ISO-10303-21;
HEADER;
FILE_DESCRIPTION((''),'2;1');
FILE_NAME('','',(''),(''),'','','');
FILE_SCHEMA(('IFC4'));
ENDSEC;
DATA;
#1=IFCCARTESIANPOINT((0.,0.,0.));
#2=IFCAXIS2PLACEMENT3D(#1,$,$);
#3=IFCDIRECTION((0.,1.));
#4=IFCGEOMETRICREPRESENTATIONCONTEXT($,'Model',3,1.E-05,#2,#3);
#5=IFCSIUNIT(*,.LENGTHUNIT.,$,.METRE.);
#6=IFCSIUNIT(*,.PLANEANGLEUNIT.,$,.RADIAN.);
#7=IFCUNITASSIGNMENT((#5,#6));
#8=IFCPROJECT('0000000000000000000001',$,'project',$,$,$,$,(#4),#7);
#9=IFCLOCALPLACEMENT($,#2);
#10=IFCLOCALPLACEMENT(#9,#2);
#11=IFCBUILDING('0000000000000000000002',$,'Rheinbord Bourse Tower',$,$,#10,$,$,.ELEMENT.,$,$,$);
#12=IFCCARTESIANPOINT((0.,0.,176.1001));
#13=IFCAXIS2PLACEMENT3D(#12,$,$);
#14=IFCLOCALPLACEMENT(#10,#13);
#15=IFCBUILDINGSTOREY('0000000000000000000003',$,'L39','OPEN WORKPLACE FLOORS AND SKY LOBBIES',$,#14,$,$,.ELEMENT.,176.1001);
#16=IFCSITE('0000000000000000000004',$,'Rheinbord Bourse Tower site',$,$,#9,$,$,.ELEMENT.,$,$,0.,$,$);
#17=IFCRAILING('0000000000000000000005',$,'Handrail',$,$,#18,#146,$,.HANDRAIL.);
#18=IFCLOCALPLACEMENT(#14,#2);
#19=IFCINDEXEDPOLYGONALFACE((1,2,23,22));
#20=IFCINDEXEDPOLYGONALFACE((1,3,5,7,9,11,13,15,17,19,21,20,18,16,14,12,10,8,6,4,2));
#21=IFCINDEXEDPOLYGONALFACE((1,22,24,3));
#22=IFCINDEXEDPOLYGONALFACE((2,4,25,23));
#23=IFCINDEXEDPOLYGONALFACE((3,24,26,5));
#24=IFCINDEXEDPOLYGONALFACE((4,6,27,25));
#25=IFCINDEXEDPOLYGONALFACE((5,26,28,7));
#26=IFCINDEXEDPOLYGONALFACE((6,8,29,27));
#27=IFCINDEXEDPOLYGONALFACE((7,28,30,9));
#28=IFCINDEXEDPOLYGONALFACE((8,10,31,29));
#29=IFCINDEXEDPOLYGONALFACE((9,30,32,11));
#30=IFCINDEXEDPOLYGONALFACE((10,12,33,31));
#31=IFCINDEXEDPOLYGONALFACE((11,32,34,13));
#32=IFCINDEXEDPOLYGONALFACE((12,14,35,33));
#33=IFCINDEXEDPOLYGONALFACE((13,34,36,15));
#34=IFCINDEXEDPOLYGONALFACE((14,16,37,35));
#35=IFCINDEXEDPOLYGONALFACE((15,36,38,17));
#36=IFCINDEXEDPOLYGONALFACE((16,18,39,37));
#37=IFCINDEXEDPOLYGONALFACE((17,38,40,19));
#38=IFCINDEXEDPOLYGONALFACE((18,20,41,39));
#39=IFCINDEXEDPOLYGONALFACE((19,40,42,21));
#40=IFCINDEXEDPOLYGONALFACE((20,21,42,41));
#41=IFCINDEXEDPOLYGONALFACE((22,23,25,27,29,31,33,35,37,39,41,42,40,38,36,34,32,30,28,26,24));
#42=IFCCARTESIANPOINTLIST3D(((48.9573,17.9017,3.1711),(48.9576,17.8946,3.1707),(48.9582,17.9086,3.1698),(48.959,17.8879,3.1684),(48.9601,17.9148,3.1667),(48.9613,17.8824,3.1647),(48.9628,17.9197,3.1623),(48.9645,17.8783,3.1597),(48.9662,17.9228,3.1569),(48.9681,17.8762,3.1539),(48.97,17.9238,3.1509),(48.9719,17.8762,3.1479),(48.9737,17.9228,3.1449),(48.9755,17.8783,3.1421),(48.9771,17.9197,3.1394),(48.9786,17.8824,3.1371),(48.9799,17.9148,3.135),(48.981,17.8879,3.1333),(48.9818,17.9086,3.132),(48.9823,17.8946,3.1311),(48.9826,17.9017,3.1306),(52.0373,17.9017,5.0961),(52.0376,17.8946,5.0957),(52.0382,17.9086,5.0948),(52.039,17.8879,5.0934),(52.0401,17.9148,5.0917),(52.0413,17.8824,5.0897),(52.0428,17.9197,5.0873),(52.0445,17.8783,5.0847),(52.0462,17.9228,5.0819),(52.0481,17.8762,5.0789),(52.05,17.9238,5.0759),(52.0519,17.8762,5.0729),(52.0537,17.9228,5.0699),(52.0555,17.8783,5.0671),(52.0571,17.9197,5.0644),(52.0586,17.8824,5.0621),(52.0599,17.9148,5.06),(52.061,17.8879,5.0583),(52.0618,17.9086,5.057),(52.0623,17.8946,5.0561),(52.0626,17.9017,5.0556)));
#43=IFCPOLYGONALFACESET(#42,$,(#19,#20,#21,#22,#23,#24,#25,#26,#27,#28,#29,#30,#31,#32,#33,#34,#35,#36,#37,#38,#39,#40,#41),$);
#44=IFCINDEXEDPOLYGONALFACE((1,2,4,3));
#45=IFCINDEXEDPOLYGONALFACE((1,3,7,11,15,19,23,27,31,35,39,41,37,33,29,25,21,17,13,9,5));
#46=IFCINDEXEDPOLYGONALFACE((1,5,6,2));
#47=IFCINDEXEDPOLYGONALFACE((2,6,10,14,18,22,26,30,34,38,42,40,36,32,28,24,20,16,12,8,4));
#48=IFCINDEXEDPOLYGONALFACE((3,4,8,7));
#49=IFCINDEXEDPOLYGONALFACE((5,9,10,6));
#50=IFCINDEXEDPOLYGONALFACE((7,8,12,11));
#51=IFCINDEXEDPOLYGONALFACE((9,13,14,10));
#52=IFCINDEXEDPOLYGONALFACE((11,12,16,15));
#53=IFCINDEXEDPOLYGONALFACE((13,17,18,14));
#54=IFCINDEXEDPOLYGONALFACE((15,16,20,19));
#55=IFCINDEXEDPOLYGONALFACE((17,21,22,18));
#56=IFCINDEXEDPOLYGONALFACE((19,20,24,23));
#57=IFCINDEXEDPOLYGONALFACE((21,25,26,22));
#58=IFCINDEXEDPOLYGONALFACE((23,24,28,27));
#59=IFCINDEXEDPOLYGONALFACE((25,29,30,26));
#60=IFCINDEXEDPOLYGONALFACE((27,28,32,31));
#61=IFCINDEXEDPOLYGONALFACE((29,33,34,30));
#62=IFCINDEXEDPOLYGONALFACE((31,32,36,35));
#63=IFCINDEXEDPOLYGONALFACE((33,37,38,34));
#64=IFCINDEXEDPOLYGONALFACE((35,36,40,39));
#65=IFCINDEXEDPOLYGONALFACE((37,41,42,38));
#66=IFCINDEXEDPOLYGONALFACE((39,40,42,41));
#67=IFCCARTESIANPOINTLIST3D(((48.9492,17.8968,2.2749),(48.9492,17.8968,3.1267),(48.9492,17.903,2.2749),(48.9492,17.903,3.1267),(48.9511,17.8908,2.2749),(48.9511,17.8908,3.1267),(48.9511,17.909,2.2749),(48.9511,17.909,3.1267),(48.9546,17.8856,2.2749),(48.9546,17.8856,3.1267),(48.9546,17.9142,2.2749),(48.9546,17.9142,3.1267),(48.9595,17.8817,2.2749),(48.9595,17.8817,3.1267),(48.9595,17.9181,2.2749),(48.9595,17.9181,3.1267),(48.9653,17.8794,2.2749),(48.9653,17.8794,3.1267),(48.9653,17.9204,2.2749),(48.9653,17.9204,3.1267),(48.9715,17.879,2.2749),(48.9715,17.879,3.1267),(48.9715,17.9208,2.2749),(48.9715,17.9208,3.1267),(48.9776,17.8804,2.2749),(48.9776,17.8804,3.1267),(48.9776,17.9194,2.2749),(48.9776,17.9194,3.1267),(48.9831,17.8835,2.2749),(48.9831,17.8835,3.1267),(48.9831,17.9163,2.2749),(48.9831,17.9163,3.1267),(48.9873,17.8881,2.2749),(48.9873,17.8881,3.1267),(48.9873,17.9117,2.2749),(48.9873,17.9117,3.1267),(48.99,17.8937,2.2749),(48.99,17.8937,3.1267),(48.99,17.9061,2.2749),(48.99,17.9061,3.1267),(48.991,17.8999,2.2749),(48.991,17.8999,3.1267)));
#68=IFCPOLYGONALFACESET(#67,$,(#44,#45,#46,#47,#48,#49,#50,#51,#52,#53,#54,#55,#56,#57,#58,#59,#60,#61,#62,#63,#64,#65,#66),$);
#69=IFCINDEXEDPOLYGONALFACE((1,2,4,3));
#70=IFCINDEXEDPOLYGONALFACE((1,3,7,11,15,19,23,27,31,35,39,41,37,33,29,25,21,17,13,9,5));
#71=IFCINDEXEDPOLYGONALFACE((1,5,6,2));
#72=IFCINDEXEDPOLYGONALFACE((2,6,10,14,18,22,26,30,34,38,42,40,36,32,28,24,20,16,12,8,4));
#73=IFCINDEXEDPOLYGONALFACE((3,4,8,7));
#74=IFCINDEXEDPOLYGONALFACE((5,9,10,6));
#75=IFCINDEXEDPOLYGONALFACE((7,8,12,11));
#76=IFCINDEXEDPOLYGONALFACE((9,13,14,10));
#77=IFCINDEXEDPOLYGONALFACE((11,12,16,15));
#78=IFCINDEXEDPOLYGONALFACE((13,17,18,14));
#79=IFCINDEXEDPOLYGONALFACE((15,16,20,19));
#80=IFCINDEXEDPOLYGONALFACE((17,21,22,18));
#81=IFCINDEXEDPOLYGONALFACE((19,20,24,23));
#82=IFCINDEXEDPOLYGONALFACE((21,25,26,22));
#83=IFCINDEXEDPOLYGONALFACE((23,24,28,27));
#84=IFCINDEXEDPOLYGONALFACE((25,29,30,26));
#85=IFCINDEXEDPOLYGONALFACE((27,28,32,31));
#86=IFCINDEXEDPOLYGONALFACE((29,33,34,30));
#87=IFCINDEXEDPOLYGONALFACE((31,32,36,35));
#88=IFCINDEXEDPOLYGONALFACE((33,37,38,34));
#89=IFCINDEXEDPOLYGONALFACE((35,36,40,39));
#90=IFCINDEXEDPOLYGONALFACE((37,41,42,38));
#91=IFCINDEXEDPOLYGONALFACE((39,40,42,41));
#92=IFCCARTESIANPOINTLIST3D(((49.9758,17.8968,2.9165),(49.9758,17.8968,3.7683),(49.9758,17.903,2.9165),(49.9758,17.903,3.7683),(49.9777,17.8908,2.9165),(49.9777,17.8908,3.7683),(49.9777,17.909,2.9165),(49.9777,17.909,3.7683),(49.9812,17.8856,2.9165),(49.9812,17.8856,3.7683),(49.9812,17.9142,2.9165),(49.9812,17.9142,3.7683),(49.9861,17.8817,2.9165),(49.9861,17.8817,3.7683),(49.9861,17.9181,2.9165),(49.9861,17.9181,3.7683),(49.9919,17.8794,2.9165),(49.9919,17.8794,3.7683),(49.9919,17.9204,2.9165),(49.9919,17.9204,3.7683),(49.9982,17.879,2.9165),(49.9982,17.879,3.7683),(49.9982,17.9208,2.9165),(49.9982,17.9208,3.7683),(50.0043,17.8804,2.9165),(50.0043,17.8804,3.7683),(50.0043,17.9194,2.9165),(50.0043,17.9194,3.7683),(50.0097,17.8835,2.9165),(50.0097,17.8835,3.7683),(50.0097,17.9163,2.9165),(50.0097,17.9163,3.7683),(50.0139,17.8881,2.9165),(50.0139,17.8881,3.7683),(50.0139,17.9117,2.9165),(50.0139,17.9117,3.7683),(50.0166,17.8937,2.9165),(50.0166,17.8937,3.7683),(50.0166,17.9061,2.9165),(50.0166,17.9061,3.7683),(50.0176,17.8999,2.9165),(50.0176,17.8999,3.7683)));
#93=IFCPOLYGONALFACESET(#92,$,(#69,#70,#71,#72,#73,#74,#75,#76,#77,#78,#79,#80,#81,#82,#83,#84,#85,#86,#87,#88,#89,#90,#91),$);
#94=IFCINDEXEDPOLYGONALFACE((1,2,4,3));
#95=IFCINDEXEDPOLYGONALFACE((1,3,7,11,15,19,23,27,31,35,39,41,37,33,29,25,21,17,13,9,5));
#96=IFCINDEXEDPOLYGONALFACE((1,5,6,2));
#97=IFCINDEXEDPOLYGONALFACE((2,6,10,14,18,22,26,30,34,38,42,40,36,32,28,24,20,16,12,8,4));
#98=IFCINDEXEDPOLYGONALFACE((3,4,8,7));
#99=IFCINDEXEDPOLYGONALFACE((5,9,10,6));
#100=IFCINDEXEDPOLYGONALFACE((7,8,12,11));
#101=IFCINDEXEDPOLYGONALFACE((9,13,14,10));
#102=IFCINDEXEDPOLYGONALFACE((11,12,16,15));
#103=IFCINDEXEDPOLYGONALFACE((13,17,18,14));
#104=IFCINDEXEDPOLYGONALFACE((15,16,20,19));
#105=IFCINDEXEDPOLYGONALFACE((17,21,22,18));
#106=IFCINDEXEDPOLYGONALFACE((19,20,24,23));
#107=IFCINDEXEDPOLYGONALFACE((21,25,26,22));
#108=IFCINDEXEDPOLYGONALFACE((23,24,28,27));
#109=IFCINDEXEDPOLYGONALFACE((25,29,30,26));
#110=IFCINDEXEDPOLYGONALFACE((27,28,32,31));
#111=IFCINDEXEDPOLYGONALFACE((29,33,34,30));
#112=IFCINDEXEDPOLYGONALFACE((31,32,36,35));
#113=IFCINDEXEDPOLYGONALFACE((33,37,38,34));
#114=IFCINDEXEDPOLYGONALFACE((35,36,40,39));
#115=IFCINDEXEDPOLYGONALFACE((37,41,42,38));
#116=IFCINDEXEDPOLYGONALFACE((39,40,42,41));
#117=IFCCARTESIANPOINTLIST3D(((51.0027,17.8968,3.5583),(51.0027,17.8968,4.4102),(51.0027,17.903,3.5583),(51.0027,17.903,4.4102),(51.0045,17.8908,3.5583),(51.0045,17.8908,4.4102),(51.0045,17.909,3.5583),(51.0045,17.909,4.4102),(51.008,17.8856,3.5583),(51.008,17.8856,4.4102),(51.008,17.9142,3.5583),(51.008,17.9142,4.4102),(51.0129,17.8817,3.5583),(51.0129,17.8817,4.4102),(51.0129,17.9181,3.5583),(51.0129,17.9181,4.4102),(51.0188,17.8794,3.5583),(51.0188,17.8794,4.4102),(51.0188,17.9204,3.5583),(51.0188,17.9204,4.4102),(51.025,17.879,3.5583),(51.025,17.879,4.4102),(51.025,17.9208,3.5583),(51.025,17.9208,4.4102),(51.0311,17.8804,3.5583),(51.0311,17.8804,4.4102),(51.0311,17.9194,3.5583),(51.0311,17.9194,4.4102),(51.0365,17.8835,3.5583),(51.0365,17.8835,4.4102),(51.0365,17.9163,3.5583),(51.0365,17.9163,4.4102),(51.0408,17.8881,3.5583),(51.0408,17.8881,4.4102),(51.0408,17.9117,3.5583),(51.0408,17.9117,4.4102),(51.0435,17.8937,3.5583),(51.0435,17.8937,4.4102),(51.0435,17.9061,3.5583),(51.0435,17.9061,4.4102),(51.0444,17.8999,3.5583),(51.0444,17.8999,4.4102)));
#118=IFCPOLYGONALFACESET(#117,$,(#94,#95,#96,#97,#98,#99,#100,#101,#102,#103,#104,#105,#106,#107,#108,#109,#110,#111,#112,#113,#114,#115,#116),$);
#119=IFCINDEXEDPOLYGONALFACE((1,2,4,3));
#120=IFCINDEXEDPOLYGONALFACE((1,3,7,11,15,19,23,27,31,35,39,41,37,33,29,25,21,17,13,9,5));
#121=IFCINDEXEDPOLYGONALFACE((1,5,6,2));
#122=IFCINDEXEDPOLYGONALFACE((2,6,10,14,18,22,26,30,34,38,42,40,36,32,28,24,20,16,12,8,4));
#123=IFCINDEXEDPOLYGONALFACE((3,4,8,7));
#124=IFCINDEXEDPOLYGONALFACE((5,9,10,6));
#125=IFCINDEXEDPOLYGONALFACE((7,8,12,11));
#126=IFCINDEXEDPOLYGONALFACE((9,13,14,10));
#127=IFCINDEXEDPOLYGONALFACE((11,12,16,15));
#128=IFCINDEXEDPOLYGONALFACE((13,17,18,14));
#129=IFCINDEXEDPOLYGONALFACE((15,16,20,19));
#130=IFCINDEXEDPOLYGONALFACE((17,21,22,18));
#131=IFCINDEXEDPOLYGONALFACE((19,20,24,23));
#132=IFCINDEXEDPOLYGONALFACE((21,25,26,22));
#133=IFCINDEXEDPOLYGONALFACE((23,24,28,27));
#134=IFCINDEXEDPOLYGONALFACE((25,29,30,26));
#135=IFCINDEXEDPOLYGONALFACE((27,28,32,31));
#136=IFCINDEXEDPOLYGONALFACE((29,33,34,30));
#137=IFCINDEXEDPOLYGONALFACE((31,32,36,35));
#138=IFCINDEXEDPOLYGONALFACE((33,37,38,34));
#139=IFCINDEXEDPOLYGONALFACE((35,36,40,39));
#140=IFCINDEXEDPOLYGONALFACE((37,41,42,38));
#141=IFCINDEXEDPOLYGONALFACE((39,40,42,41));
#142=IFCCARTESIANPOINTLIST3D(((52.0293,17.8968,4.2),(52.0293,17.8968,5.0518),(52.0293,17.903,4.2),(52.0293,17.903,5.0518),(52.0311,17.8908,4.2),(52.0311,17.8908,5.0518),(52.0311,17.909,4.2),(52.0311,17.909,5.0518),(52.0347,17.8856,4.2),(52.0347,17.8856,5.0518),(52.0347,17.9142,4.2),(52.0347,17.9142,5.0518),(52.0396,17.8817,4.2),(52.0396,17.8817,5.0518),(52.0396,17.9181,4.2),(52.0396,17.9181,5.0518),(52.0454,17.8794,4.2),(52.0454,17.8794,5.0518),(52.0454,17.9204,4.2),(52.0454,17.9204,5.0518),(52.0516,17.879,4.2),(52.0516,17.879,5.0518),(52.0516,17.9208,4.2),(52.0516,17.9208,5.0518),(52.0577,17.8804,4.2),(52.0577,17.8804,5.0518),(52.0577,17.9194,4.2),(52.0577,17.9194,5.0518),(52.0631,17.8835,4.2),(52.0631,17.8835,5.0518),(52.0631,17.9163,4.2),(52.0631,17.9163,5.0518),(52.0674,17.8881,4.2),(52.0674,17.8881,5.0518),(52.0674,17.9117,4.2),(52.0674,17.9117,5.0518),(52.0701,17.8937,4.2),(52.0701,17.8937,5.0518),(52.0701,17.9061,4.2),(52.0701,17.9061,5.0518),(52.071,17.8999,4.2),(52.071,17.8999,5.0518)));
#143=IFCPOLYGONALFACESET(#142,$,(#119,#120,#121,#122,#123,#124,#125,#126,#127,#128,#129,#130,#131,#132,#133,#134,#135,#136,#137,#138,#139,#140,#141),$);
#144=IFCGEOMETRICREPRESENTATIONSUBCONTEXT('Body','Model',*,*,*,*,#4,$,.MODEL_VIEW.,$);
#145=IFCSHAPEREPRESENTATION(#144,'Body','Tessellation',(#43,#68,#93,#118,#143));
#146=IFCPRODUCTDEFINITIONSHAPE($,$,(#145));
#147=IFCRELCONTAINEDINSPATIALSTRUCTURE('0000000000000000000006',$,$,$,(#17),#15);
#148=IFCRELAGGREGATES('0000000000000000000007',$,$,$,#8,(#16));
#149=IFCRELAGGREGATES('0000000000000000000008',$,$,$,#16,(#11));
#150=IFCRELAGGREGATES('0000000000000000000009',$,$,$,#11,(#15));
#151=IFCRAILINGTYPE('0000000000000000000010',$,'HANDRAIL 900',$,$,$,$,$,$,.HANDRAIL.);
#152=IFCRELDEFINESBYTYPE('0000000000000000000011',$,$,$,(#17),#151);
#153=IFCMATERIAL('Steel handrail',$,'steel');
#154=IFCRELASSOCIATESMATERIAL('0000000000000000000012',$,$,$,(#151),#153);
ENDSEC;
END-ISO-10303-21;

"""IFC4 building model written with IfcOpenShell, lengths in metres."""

from ifc_helpers import new_model, si_unit, direction, frame, origin, origin_2d, place, context, subcontext, project, spatial, circle, extrude, material, type_object, element, save


model = new_model("IFC4")

# Units and contexts
model_context = context("Model", 3, precision=1e-05, world=origin(), true_north=direction((0.0, 1.0)))
body_context = subcontext(model_context, "Body", "Model", "MODEL_VIEW")
ifc_project = project(units=[si_unit("LENGTHUNIT", "METRE"), si_unit("PLANEANGLEUNIT", "RADIAN")], contexts=[model_context])

# Site, building, storey
site_placement = place(None, origin())
site = spatial("IfcSite", under=ifc_project, at=site_placement, Name="Rheinbord Bourse Tower site", CompositionType="ELEMENT", RefElevation=0.0)
building_placement = place(site_placement, origin())
building = spatial("IfcBuilding", under=site, at=building_placement, Name="Rheinbord Bourse Tower", CompositionType="ELEMENT")
storey_placement = place(building_placement, frame((0.0, 0.0, 176.1001)))
storey = spatial("IfcBuildingStorey", under=building, at=storey_placement, Name="L39", Description="OPEN WORKPLACE FLOORS AND SKY LOBBIES", CompositionType="ELEMENT", Elevation=176.1001)

# Railing
ifc_material_1 = material(Name="Steel handrail", Category="steel")
railing_type = type_object("IfcRailingType", Name="HANDRAIL 900", PredefinedType="HANDRAIL", material=ifc_material_1)
railing_1_placement = place(storey_placement, frame((48.97, 17.8999, 2.2749)))
element("IfcRailing", 1, at=railing_1_placement, inside=storey, type_object=railing_type, Name="Handrail", PredefinedType="HANDRAIL", context=body_context, shape_type="SweptSolid", body=[
    extrude(circle(Radius=0.0239, at=origin_2d()), frame((0.0, 0.0, 0.876), z_axis=(0.847998, 0.0, 0.529999), x_axis=(0.0, 1.0, 0.0)), (0.0, 0.0, 1.0), 3.6321),
    extrude(circle(Radius=0.021, at=origin_2d()), origin(), (0.0, 0.0, 1.0), 0.8518),
    extrude(circle(Radius=0.021, at=origin_2d()), frame((1.0266, 0.0, 0.6416)), (0.0, 0.0, 1.0), 0.8518),
    extrude(circle(Radius=0.021, at=origin_2d()), frame((2.0535, 0.0, 1.2834)), (0.0, 0.0, 1.0), 0.8518),
    extrude(circle(Radius=0.021, at=origin_2d()), frame((3.0801, 0.0, 1.925)), (0.0, 0.0, 1.0), 0.8518),
])

save(model, "model.ifc")
